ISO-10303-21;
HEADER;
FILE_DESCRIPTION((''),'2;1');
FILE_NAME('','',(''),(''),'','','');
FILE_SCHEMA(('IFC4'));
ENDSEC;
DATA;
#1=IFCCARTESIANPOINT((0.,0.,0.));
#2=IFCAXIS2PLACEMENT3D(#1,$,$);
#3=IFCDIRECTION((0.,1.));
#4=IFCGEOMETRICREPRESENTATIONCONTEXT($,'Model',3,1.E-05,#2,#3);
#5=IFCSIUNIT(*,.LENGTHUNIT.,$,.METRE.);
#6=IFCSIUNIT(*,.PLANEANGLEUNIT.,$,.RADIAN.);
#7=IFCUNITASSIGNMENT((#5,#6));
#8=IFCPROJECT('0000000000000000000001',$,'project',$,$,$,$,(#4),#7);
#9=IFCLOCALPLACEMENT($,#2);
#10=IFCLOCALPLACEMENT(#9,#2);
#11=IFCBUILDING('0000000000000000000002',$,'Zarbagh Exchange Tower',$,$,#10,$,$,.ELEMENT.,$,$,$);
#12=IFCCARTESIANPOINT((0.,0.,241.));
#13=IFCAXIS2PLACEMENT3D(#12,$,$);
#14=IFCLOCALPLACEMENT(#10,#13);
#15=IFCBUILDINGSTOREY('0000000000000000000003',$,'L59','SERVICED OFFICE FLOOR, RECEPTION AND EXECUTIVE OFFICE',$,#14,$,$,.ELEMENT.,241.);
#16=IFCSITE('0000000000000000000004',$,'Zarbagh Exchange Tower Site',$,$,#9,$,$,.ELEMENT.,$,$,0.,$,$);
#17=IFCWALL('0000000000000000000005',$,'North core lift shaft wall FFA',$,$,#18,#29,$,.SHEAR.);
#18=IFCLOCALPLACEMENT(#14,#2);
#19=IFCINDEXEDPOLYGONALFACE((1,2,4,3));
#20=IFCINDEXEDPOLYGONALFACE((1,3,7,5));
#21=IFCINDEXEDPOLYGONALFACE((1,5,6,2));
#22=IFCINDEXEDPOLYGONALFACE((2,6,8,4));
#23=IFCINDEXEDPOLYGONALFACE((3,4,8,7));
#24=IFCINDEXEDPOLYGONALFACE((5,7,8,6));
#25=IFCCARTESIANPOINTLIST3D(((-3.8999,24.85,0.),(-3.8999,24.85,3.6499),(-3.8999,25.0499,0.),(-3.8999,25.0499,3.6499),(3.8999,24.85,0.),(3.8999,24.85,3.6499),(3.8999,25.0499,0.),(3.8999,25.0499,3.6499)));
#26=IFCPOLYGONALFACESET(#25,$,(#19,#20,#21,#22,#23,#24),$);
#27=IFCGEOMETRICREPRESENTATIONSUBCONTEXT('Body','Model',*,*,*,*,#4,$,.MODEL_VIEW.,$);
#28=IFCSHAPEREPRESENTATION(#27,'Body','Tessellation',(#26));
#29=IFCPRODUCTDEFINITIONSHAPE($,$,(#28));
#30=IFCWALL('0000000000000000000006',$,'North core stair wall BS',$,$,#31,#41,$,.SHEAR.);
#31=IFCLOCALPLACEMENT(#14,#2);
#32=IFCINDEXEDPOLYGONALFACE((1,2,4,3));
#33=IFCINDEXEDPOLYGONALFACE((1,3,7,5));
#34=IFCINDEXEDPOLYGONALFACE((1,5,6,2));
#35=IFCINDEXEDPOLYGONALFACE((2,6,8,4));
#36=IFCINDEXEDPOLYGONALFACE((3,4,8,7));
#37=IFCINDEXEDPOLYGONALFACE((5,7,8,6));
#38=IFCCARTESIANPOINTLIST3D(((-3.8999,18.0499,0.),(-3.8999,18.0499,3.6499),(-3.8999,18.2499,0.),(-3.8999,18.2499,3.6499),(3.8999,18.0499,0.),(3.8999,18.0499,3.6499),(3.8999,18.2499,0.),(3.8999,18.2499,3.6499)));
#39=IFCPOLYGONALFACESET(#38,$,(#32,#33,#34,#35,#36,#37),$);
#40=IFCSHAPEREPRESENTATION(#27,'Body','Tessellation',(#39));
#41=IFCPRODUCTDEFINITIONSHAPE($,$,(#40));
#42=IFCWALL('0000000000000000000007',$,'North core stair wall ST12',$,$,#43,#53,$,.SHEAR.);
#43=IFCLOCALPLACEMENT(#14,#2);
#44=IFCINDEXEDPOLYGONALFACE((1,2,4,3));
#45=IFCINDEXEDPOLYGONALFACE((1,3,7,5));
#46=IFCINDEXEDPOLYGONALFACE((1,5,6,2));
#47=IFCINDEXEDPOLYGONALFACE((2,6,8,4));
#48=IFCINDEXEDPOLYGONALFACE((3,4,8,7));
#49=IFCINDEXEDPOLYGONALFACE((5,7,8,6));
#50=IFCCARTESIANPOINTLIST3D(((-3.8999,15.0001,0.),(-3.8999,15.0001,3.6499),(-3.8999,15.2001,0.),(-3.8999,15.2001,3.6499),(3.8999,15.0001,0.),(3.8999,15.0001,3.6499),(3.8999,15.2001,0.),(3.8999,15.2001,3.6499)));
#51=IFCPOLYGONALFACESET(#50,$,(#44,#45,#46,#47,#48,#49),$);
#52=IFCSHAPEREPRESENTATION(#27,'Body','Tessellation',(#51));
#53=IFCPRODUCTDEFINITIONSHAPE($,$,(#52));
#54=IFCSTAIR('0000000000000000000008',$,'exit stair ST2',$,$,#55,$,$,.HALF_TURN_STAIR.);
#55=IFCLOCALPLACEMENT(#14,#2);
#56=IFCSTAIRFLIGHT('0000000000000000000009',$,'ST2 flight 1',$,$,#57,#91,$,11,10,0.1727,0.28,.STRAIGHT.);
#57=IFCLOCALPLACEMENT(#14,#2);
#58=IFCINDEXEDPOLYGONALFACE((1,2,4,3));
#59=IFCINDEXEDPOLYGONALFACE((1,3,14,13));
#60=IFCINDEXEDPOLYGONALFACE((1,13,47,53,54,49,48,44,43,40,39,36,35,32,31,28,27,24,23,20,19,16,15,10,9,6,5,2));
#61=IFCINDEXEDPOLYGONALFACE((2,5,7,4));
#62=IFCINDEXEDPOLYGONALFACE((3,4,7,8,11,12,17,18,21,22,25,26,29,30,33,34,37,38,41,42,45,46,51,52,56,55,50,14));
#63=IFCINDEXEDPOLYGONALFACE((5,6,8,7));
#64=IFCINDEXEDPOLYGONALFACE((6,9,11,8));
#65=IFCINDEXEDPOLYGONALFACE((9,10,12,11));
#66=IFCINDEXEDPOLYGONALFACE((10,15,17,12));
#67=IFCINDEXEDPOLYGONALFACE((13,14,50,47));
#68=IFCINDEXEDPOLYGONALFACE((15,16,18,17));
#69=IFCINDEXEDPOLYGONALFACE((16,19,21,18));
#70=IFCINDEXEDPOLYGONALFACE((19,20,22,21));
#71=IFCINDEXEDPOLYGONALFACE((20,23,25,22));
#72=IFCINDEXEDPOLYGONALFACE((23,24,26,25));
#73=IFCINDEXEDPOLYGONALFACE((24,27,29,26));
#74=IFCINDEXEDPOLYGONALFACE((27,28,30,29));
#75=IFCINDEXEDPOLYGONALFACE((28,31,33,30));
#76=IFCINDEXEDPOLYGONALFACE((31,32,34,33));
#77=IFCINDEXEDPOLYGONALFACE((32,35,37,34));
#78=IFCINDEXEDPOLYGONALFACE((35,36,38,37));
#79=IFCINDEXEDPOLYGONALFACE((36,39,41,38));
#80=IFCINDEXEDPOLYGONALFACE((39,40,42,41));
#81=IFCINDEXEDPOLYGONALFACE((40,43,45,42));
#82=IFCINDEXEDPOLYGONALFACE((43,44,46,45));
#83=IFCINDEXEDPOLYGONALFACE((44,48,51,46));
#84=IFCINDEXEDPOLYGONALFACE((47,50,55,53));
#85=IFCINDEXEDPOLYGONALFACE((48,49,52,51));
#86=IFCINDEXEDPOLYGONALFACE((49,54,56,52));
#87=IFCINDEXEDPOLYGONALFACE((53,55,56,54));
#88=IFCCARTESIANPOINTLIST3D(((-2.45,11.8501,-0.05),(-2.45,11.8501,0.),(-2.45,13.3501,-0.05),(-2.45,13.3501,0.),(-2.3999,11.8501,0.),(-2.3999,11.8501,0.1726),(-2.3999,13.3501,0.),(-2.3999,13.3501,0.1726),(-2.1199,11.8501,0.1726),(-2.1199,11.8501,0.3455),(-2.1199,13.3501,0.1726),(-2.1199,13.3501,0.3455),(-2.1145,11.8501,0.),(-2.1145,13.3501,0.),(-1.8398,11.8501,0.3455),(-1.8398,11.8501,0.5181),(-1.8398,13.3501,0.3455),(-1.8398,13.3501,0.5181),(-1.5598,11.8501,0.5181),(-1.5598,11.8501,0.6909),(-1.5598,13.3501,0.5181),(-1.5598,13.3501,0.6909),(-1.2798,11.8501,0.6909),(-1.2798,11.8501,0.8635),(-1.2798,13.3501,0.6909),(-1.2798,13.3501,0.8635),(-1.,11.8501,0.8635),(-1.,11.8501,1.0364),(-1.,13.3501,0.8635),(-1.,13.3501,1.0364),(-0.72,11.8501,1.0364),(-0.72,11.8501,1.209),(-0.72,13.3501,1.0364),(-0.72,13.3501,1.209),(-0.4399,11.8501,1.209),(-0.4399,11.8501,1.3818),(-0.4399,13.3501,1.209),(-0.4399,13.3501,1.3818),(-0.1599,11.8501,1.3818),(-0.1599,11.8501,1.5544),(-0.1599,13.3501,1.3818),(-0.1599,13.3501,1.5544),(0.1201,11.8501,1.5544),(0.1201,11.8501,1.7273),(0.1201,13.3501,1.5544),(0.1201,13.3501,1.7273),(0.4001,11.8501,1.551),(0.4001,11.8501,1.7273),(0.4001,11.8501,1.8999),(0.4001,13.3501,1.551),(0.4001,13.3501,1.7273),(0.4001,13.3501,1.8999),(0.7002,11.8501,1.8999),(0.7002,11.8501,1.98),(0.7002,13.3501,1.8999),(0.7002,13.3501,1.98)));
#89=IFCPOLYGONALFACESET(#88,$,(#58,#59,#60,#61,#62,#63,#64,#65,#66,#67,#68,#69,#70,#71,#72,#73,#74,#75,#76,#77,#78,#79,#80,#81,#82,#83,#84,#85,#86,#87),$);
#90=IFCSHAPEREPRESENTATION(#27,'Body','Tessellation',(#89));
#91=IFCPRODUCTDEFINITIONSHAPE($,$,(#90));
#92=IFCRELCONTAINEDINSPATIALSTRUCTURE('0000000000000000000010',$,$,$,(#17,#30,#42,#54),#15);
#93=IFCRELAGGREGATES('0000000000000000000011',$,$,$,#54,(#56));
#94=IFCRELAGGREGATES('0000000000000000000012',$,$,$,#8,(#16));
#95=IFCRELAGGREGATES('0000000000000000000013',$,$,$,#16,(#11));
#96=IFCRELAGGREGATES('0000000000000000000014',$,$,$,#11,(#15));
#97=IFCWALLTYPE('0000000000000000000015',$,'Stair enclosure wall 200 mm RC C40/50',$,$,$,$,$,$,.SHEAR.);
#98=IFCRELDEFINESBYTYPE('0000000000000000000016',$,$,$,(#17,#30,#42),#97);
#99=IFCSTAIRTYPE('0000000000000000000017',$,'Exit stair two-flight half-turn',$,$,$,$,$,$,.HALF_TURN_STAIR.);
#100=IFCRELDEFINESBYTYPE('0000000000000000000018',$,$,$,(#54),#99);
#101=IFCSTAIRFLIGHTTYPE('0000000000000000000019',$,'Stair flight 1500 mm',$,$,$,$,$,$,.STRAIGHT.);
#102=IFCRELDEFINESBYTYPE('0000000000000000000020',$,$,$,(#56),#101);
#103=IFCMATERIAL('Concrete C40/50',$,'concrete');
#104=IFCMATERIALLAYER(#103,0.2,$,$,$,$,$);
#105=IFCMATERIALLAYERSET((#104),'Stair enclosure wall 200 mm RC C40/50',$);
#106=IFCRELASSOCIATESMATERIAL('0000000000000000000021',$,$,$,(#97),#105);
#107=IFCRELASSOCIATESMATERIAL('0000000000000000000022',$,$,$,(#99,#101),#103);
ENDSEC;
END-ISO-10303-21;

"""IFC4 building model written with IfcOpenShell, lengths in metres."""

from ifc_helpers import new_model, si_unit, direction, frame, frame_2d, origin, place, context, subcontext, project, spatial, polyline, rectangle, outline, extrude, material, layer, layer_set, type_object, element, aggregate, save


model = new_model("IFC4")

# Units and contexts
model_context = context("Model", 3, precision=1e-05, world=origin(), true_north=direction((0.0, 1.0)))
body_context = subcontext(model_context, "Body", "Model", "MODEL_VIEW")
ifc_project = project(units=[si_unit("LENGTHUNIT", "METRE"), si_unit("PLANEANGLEUNIT", "RADIAN")], contexts=[model_context])

# Site, building, storey
site_placement = place(None, origin())
site = spatial("IfcSite", under=ifc_project, at=site_placement, Name="Zarbagh Exchange Tower Site", CompositionType="ELEMENT", RefElevation=0.0)
building_placement = place(site_placement, origin())
building = spatial("IfcBuilding", under=site, at=building_placement, Name="Zarbagh Exchange Tower", CompositionType="ELEMENT")
storey_placement = place(building_placement, frame((0.0, 0.0, 241.0)))
storey = spatial("IfcBuildingStorey", under=building, at=storey_placement, Name="L59", Description="SERVICED OFFICE FLOOR, RECEPTION AND EXECUTIVE OFFICE", CompositionType="ELEMENT", Elevation=241.0)

# Walls
ifc_material_1 = material(Name="Concrete C40/50", Category="concrete")
ifc_layer_1 = layer(ifc_material_1, 0.2)
ifc_layer_set_1 = layer_set([ifc_layer_1], Name="Stair enclosure wall 200 mm RC C40/50")
wall_type_1 = type_object("IfcWallType", Name="Stair enclosure wall 200 mm RC C40/50", PredefinedType="SHEAR", material=ifc_layer_set_1)
for number, where, z_axis, x_axis, name in (
    (1, (-3.8999, 24.95, 0.0), (0.0, 0.0, 1.0), (1.0, 0.0, 0.0), "North core lift shaft wall FFA"),
    (2, (-3.8999, 18.1499, 0.0), (0.0, 0.0, 1.0), (1.0, 0.0, 0.0), "North core stair wall BS"),
    (3, (-3.8999, 15.1001, 0.0), (0.0, 0.0, 1.0), (1.0, 0.0, 0.0), "North core stair wall ST12"),
):
    element("IfcWall", number, at=place(storey_placement, frame(where, z_axis=z_axis, x_axis=x_axis)), inside=storey, type_object=wall_type_1, Name=name, PredefinedType="SHEAR", context=body_context, shape_type="SweptSolid", body=[
        extrude(rectangle(XDim=7.7998, YDim=0.2, at=frame_2d((3.8999, 0.0))), origin(), (0.0, 0.0, 1.0), 3.6499),
    ])

# Stair, stair flight
stair_type = type_object("IfcStairType", Name="Exit stair two-flight half-turn", PredefinedType="HALF_TURN_STAIR", material=ifc_material_1)
stair_placement = place(storey_placement, origin())
stair = element("IfcStair", 4, at=stair_placement, inside=storey, type_object=stair_type, Name="exit stair ST2", PredefinedType="HALF_TURN_STAIR")
stair_flight_type = type_object("IfcStairFlightType", Name="Stair flight 1500 mm", PredefinedType="STRAIGHT", material=ifc_material_1)
stair_flight_placement = place(storey_placement, frame((-2.3999, 12.6001, 0.0), z_axis=(0.0, 0.0, 1.0), x_axis=(1.0, 0.0, 0.0)))
stair_flight = element("IfcStairFlight", 5, at=stair_flight_placement, type_object=stair_flight_type, Name="ST2 flight 1", NumberOfRisers=11, NumberOfTreads=10, PredefinedType="STRAIGHT", RiserHeight=0.1727, TreadLength=0.28, context=body_context, shape_type="SweptSolid", body=[
    extrude(outline(polyline([(-0.05, -0.05), (-0.05, 0.0), (0.0, 0.0), (0.0, 0.1726), (0.28, 0.1726), (0.28, 0.3455), (0.5601, 0.3455), (0.5601, 0.5181), (0.8401, 0.5181), (0.8401, 0.6909), (1.1201, 0.6909), (1.1201, 0.8635), (1.3999, 0.8635), (1.3999, 1.0364), (1.6799, 1.0364), (1.6799, 1.209), (1.96, 1.209), (1.96, 1.3818), (2.24, 1.3818), (2.24, 1.5544), (2.52, 1.5544), (2.52, 1.7273), (2.8, 1.7273), (2.8, 1.8999), (3.1001, 1.98), (3.1001, 1.8999), (2.8, 1.551), (0.2854, 0.0), (-0.05, -0.05)])), frame((0.0, 0.75, 0.0), z_axis=(0.0, -1.0, 0.0), x_axis=(1.0, 0.0, 0.0)), (0.0, 0.0, 1.0), 1.5),
])
aggregate(stair, [stair_flight])

save(model, "model.ifc")
